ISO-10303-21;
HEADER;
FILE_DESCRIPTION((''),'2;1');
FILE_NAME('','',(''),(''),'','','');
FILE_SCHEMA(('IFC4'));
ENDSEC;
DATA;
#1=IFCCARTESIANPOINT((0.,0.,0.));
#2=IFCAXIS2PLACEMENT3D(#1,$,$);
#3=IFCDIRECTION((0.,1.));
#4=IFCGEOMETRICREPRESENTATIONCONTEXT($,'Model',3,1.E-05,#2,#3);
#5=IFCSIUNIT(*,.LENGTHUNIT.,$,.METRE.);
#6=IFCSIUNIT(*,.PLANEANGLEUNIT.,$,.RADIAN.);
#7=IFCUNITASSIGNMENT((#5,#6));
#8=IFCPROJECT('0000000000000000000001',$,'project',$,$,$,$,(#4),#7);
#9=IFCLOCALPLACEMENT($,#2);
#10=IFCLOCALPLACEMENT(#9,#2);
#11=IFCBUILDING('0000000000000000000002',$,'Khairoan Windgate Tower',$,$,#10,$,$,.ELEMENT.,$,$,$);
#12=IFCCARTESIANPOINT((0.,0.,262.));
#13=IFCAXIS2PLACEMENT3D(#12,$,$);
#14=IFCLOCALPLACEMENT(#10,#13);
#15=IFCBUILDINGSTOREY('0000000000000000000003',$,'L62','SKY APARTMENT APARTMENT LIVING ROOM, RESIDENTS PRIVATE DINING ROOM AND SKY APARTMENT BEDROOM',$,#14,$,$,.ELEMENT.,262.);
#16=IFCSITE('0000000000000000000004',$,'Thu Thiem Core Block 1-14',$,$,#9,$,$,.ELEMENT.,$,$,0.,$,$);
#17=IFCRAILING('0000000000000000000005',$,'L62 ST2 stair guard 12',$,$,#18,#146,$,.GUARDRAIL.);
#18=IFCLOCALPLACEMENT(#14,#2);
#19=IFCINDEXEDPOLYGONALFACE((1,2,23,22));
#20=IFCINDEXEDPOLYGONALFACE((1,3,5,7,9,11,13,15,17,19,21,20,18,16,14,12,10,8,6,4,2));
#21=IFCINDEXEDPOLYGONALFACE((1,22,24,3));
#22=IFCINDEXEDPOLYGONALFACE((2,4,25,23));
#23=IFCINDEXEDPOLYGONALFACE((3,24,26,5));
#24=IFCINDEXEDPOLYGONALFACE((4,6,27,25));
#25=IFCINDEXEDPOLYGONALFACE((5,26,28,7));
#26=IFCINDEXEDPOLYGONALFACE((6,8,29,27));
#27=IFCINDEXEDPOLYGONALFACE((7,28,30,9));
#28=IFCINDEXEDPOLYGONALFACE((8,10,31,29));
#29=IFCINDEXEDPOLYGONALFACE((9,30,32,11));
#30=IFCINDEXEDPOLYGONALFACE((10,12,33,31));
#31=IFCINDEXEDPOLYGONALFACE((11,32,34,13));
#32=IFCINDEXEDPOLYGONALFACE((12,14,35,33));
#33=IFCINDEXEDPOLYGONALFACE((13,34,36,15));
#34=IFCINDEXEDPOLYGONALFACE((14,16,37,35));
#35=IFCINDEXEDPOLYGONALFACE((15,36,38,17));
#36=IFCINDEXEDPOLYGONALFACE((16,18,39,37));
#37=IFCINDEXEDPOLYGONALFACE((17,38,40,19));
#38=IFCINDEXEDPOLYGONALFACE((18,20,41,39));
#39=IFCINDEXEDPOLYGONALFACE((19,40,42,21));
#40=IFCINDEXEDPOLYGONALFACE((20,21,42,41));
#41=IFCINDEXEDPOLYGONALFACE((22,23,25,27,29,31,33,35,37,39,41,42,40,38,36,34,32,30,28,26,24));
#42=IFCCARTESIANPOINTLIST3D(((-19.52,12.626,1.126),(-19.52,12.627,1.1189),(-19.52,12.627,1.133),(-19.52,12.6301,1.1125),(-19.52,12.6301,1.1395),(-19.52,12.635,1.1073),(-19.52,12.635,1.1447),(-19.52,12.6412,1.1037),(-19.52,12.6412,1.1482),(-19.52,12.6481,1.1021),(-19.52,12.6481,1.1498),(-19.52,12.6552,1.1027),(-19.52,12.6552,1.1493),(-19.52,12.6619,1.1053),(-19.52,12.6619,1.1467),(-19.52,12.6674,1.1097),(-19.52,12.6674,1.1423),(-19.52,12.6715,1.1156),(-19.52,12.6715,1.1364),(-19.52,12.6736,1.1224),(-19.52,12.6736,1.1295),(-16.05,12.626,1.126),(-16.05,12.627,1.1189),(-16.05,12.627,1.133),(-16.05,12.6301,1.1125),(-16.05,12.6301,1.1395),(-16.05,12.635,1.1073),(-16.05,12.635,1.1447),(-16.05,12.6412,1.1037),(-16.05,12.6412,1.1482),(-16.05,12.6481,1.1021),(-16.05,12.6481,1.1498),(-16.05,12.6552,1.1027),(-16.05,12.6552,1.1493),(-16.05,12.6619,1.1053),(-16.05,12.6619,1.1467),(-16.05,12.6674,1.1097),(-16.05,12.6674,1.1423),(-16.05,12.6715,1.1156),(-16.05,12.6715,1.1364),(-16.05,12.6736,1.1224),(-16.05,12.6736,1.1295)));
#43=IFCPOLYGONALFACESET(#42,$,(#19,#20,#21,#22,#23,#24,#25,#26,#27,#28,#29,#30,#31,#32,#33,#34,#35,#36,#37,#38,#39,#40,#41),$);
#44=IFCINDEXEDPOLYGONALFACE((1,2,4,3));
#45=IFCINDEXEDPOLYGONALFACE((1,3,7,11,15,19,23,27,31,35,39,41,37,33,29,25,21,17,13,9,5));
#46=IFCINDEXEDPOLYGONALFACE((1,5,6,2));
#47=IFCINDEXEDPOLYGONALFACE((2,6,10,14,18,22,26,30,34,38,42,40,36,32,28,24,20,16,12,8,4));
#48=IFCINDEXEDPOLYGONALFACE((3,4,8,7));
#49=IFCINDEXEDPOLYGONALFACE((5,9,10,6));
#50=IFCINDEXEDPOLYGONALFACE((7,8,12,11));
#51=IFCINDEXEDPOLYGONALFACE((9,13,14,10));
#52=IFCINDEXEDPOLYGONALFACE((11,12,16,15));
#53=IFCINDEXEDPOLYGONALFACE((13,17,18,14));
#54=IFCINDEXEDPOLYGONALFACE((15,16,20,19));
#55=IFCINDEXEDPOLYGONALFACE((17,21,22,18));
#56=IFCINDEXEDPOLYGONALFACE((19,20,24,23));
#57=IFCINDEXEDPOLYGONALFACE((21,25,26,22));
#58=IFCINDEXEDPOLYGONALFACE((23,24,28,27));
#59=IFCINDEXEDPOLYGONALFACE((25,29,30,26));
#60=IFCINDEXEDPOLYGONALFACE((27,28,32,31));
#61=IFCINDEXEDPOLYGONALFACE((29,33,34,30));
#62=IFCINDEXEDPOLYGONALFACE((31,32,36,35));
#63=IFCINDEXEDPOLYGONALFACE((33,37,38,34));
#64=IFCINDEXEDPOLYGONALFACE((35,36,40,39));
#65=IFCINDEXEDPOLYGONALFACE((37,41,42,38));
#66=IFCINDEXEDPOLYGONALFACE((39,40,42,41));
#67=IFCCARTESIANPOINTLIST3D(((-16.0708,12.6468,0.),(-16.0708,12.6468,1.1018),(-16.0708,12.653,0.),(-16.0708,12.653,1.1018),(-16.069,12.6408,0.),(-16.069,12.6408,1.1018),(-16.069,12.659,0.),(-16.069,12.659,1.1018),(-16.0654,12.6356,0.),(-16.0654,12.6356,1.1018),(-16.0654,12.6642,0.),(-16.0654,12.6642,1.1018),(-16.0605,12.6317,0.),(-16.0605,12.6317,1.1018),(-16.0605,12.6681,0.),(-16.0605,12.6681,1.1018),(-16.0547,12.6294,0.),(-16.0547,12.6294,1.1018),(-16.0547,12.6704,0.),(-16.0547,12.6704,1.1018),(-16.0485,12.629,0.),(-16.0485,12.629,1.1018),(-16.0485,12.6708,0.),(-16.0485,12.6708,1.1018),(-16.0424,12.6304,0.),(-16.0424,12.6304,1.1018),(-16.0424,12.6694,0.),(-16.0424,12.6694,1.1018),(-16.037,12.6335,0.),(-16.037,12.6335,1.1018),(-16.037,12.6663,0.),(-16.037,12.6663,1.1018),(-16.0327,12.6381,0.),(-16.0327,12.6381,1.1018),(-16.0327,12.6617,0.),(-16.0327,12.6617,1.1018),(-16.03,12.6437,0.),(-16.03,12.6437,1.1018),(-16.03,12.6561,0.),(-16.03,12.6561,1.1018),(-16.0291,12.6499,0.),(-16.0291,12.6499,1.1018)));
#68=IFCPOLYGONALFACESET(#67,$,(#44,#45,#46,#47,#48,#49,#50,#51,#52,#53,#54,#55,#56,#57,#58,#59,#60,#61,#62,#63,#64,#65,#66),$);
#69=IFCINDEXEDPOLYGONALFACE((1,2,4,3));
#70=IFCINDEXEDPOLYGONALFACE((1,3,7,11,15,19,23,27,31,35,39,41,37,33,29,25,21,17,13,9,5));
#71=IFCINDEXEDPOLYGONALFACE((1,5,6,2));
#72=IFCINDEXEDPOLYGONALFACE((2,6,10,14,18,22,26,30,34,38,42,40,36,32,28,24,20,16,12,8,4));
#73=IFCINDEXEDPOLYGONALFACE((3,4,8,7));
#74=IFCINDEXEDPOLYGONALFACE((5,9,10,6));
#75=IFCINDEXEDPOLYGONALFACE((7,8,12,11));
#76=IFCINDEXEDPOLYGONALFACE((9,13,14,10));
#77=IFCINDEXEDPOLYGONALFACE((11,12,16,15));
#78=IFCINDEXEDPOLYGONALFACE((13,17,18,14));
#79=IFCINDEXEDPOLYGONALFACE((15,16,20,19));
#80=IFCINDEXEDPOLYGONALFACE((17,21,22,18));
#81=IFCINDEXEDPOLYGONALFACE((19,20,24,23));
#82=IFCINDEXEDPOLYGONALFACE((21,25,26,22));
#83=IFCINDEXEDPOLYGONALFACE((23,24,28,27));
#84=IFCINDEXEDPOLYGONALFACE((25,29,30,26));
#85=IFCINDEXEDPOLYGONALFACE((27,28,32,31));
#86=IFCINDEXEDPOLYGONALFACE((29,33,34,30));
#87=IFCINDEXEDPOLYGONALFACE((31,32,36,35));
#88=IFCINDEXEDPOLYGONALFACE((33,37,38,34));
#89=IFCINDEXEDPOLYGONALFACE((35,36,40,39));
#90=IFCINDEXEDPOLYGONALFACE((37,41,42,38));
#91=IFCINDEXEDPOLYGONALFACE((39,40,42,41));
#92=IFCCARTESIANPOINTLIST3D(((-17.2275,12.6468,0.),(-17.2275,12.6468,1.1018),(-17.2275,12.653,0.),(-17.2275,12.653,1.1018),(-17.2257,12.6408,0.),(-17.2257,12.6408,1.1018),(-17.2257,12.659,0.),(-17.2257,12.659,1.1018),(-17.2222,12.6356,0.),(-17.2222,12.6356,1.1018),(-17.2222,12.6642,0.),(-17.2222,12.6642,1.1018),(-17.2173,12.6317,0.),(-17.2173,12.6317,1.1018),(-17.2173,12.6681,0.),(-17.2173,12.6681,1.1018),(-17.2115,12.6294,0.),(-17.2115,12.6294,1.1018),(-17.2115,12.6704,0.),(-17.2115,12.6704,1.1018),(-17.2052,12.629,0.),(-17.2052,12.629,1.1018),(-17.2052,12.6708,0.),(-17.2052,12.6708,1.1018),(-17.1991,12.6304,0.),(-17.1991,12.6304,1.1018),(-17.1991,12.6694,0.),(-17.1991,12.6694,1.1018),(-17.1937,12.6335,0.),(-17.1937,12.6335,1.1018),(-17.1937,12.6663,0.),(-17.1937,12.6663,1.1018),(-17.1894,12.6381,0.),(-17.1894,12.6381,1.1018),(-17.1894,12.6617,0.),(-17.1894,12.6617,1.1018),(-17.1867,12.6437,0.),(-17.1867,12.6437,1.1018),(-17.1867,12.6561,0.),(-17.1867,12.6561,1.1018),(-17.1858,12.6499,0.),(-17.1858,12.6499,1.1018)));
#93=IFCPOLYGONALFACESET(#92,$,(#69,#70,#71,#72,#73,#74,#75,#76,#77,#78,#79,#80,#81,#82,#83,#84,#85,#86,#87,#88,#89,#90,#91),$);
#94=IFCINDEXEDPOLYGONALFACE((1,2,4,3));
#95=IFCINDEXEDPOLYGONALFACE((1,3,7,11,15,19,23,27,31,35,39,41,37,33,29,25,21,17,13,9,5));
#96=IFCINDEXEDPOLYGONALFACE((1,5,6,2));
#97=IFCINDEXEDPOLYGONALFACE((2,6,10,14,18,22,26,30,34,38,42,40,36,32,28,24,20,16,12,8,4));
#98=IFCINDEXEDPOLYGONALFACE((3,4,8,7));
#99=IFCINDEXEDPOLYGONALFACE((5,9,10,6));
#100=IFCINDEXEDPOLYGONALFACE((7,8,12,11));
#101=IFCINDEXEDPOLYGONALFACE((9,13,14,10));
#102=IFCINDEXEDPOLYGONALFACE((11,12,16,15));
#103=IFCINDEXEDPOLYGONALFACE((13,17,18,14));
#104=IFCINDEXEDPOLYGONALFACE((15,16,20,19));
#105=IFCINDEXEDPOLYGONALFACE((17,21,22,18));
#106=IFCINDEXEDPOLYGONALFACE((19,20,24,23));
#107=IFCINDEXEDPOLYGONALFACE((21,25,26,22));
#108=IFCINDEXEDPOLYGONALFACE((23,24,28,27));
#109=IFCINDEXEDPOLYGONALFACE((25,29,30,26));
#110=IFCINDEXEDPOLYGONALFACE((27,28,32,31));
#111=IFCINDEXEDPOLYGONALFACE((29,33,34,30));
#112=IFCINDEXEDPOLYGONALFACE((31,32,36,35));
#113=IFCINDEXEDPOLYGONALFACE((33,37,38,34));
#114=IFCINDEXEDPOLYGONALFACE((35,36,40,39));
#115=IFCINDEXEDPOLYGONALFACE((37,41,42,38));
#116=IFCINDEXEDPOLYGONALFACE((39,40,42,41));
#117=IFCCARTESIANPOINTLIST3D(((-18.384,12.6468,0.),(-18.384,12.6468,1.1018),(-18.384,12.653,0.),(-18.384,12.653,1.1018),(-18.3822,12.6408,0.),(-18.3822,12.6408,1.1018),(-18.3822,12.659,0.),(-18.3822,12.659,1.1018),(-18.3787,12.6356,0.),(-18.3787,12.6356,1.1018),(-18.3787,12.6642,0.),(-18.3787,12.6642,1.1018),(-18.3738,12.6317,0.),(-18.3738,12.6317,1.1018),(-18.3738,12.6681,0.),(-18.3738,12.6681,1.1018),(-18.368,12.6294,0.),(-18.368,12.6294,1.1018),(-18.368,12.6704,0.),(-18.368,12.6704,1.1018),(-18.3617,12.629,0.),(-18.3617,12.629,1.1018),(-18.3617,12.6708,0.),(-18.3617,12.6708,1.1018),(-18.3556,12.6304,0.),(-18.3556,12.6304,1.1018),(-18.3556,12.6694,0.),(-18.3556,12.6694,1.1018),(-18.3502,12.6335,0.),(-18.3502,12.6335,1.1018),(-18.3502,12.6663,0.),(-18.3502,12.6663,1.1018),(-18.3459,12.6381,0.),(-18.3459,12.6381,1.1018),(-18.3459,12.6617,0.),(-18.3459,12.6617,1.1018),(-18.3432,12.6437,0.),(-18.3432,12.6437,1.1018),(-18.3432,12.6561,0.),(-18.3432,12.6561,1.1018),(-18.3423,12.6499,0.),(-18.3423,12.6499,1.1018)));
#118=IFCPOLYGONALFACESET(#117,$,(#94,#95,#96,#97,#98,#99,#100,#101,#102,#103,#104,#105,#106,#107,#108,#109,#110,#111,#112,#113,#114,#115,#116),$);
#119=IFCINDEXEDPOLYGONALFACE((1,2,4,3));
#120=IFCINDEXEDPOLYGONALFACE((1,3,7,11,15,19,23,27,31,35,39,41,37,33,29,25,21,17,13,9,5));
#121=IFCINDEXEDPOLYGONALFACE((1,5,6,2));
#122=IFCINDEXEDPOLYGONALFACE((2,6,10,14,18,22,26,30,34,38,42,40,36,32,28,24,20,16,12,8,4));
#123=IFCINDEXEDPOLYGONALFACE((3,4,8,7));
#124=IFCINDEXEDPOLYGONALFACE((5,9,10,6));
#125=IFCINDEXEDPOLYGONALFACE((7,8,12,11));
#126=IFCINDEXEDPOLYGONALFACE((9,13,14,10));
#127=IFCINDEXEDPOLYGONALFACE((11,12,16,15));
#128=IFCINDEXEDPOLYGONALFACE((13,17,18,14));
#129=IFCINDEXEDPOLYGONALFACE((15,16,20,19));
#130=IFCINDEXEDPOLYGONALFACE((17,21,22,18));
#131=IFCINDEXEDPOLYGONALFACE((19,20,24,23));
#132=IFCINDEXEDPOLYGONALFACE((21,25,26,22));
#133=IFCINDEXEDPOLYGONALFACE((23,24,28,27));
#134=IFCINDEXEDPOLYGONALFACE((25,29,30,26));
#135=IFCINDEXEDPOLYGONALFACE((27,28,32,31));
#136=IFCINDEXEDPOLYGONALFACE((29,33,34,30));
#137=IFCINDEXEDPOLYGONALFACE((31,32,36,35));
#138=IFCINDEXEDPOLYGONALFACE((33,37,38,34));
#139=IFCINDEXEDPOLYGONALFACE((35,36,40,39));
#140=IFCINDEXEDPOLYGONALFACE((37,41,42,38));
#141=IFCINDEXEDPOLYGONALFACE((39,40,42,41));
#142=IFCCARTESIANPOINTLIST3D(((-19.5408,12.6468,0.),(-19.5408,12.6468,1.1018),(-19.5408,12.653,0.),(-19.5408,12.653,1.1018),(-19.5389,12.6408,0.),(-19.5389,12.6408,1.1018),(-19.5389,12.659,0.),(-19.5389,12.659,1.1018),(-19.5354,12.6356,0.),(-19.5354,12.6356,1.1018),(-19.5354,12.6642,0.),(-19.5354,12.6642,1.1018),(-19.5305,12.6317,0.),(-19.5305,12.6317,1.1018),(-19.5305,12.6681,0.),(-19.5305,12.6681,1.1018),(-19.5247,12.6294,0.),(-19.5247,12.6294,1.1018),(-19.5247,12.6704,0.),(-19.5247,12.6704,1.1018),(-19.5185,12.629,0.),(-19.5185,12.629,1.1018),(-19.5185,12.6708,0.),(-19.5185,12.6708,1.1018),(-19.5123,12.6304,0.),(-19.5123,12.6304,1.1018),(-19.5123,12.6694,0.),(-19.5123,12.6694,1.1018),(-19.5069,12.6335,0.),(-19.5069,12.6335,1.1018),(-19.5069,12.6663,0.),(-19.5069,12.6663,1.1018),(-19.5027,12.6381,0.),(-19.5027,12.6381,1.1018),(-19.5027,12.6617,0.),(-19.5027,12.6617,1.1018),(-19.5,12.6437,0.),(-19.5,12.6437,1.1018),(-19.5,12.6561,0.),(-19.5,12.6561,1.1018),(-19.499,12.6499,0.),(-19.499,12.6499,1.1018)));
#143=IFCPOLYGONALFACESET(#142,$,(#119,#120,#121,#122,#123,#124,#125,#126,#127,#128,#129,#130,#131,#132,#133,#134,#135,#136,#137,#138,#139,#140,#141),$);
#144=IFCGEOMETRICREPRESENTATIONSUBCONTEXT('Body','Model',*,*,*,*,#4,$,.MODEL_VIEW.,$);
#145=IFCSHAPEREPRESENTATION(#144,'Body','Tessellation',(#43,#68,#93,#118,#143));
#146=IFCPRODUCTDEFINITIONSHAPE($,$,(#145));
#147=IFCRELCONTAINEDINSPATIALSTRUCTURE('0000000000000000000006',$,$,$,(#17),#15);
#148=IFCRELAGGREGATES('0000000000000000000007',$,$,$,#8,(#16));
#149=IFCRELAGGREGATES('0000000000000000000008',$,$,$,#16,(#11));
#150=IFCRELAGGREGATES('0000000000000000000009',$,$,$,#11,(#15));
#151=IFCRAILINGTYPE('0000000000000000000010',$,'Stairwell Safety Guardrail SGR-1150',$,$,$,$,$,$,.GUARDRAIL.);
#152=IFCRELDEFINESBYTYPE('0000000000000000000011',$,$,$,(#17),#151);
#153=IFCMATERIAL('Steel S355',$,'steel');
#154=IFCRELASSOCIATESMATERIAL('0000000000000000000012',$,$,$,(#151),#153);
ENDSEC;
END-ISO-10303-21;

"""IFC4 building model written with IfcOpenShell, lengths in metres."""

from ifc_helpers import new_model, si_unit, direction, frame, origin, origin_2d, place, context, subcontext, project, spatial, circle, extrude, material, type_object, element, save


model = new_model("IFC4")

# Units and contexts
model_context = context("Model", 3, precision=1e-05, world=origin(), true_north=direction((0.0, 1.0)))
body_context = subcontext(model_context, "Body", "Model", "MODEL_VIEW")
ifc_project = project(units=[si_unit("LENGTHUNIT", "METRE"), si_unit("PLANEANGLEUNIT", "RADIAN")], contexts=[model_context])

# Site, building, storey
site_placement = place(None, origin())
site = spatial("IfcSite", under=ifc_project, at=site_placement, Name="Thu Thiem Core Block 1-14", CompositionType="ELEMENT", RefElevation=0.0)
building_placement = place(site_placement, origin())
building = spatial("IfcBuilding", under=site, at=building_placement, Name="Khairoan Windgate Tower", CompositionType="ELEMENT")
storey_placement = place(building_placement, frame((0.0, 0.0, 262.0)))
storey = spatial("IfcBuildingStorey", under=building, at=storey_placement, Name="L62", Description="SKY APARTMENT APARTMENT LIVING ROOM, RESIDENTS PRIVATE DINING ROOM AND SKY APARTMENT BEDROOM", CompositionType="ELEMENT", Elevation=262.0)

# Railing
ifc_material_1 = material(Name="Steel S355", Category="steel")
railing_type = type_object("IfcRailingType", Name="Stairwell Safety Guardrail SGR-1150", PredefinedType="GUARDRAIL", material=ifc_material_1)
railing_1_placement = place(storey_placement, frame((-16.05, 12.6499, 0.0)))
element("IfcRailing", 1, at=railing_1_placement, inside=storey, type_object=railing_type, Name="L62 ST2 stair guard 12", PredefinedType="GUARDRAIL", context=body_context, shape_type="SweptSolid", body=[
    extrude(circle(Radius=0.0239, at=origin_2d()), frame((0.0, 0.0, 1.126), z_axis=(-1.0, 0.0, 0.0), x_axis=(0.0, -1.0, 0.0)), (0.0, 0.0, 1.0), 3.47),
    extrude(circle(Radius=0.021, at=origin_2d()), origin(), (0.0, 0.0, 1.0), 1.1018),
    extrude(circle(Radius=0.021, at=origin_2d()), frame((-1.1567, 0.0, 0.0)), (0.0, 0.0, 1.0), 1.1018),
    extrude(circle(Radius=0.021, at=origin_2d()), frame((-2.3132, 0.0, 0.0)), (0.0, 0.0, 1.0), 1.1018),
    extrude(circle(Radius=0.021, at=origin_2d()), frame((-3.47, 0.0, 0.0)), (0.0, 0.0, 1.0), 1.1018),
])

save(model, "model.ifc")
